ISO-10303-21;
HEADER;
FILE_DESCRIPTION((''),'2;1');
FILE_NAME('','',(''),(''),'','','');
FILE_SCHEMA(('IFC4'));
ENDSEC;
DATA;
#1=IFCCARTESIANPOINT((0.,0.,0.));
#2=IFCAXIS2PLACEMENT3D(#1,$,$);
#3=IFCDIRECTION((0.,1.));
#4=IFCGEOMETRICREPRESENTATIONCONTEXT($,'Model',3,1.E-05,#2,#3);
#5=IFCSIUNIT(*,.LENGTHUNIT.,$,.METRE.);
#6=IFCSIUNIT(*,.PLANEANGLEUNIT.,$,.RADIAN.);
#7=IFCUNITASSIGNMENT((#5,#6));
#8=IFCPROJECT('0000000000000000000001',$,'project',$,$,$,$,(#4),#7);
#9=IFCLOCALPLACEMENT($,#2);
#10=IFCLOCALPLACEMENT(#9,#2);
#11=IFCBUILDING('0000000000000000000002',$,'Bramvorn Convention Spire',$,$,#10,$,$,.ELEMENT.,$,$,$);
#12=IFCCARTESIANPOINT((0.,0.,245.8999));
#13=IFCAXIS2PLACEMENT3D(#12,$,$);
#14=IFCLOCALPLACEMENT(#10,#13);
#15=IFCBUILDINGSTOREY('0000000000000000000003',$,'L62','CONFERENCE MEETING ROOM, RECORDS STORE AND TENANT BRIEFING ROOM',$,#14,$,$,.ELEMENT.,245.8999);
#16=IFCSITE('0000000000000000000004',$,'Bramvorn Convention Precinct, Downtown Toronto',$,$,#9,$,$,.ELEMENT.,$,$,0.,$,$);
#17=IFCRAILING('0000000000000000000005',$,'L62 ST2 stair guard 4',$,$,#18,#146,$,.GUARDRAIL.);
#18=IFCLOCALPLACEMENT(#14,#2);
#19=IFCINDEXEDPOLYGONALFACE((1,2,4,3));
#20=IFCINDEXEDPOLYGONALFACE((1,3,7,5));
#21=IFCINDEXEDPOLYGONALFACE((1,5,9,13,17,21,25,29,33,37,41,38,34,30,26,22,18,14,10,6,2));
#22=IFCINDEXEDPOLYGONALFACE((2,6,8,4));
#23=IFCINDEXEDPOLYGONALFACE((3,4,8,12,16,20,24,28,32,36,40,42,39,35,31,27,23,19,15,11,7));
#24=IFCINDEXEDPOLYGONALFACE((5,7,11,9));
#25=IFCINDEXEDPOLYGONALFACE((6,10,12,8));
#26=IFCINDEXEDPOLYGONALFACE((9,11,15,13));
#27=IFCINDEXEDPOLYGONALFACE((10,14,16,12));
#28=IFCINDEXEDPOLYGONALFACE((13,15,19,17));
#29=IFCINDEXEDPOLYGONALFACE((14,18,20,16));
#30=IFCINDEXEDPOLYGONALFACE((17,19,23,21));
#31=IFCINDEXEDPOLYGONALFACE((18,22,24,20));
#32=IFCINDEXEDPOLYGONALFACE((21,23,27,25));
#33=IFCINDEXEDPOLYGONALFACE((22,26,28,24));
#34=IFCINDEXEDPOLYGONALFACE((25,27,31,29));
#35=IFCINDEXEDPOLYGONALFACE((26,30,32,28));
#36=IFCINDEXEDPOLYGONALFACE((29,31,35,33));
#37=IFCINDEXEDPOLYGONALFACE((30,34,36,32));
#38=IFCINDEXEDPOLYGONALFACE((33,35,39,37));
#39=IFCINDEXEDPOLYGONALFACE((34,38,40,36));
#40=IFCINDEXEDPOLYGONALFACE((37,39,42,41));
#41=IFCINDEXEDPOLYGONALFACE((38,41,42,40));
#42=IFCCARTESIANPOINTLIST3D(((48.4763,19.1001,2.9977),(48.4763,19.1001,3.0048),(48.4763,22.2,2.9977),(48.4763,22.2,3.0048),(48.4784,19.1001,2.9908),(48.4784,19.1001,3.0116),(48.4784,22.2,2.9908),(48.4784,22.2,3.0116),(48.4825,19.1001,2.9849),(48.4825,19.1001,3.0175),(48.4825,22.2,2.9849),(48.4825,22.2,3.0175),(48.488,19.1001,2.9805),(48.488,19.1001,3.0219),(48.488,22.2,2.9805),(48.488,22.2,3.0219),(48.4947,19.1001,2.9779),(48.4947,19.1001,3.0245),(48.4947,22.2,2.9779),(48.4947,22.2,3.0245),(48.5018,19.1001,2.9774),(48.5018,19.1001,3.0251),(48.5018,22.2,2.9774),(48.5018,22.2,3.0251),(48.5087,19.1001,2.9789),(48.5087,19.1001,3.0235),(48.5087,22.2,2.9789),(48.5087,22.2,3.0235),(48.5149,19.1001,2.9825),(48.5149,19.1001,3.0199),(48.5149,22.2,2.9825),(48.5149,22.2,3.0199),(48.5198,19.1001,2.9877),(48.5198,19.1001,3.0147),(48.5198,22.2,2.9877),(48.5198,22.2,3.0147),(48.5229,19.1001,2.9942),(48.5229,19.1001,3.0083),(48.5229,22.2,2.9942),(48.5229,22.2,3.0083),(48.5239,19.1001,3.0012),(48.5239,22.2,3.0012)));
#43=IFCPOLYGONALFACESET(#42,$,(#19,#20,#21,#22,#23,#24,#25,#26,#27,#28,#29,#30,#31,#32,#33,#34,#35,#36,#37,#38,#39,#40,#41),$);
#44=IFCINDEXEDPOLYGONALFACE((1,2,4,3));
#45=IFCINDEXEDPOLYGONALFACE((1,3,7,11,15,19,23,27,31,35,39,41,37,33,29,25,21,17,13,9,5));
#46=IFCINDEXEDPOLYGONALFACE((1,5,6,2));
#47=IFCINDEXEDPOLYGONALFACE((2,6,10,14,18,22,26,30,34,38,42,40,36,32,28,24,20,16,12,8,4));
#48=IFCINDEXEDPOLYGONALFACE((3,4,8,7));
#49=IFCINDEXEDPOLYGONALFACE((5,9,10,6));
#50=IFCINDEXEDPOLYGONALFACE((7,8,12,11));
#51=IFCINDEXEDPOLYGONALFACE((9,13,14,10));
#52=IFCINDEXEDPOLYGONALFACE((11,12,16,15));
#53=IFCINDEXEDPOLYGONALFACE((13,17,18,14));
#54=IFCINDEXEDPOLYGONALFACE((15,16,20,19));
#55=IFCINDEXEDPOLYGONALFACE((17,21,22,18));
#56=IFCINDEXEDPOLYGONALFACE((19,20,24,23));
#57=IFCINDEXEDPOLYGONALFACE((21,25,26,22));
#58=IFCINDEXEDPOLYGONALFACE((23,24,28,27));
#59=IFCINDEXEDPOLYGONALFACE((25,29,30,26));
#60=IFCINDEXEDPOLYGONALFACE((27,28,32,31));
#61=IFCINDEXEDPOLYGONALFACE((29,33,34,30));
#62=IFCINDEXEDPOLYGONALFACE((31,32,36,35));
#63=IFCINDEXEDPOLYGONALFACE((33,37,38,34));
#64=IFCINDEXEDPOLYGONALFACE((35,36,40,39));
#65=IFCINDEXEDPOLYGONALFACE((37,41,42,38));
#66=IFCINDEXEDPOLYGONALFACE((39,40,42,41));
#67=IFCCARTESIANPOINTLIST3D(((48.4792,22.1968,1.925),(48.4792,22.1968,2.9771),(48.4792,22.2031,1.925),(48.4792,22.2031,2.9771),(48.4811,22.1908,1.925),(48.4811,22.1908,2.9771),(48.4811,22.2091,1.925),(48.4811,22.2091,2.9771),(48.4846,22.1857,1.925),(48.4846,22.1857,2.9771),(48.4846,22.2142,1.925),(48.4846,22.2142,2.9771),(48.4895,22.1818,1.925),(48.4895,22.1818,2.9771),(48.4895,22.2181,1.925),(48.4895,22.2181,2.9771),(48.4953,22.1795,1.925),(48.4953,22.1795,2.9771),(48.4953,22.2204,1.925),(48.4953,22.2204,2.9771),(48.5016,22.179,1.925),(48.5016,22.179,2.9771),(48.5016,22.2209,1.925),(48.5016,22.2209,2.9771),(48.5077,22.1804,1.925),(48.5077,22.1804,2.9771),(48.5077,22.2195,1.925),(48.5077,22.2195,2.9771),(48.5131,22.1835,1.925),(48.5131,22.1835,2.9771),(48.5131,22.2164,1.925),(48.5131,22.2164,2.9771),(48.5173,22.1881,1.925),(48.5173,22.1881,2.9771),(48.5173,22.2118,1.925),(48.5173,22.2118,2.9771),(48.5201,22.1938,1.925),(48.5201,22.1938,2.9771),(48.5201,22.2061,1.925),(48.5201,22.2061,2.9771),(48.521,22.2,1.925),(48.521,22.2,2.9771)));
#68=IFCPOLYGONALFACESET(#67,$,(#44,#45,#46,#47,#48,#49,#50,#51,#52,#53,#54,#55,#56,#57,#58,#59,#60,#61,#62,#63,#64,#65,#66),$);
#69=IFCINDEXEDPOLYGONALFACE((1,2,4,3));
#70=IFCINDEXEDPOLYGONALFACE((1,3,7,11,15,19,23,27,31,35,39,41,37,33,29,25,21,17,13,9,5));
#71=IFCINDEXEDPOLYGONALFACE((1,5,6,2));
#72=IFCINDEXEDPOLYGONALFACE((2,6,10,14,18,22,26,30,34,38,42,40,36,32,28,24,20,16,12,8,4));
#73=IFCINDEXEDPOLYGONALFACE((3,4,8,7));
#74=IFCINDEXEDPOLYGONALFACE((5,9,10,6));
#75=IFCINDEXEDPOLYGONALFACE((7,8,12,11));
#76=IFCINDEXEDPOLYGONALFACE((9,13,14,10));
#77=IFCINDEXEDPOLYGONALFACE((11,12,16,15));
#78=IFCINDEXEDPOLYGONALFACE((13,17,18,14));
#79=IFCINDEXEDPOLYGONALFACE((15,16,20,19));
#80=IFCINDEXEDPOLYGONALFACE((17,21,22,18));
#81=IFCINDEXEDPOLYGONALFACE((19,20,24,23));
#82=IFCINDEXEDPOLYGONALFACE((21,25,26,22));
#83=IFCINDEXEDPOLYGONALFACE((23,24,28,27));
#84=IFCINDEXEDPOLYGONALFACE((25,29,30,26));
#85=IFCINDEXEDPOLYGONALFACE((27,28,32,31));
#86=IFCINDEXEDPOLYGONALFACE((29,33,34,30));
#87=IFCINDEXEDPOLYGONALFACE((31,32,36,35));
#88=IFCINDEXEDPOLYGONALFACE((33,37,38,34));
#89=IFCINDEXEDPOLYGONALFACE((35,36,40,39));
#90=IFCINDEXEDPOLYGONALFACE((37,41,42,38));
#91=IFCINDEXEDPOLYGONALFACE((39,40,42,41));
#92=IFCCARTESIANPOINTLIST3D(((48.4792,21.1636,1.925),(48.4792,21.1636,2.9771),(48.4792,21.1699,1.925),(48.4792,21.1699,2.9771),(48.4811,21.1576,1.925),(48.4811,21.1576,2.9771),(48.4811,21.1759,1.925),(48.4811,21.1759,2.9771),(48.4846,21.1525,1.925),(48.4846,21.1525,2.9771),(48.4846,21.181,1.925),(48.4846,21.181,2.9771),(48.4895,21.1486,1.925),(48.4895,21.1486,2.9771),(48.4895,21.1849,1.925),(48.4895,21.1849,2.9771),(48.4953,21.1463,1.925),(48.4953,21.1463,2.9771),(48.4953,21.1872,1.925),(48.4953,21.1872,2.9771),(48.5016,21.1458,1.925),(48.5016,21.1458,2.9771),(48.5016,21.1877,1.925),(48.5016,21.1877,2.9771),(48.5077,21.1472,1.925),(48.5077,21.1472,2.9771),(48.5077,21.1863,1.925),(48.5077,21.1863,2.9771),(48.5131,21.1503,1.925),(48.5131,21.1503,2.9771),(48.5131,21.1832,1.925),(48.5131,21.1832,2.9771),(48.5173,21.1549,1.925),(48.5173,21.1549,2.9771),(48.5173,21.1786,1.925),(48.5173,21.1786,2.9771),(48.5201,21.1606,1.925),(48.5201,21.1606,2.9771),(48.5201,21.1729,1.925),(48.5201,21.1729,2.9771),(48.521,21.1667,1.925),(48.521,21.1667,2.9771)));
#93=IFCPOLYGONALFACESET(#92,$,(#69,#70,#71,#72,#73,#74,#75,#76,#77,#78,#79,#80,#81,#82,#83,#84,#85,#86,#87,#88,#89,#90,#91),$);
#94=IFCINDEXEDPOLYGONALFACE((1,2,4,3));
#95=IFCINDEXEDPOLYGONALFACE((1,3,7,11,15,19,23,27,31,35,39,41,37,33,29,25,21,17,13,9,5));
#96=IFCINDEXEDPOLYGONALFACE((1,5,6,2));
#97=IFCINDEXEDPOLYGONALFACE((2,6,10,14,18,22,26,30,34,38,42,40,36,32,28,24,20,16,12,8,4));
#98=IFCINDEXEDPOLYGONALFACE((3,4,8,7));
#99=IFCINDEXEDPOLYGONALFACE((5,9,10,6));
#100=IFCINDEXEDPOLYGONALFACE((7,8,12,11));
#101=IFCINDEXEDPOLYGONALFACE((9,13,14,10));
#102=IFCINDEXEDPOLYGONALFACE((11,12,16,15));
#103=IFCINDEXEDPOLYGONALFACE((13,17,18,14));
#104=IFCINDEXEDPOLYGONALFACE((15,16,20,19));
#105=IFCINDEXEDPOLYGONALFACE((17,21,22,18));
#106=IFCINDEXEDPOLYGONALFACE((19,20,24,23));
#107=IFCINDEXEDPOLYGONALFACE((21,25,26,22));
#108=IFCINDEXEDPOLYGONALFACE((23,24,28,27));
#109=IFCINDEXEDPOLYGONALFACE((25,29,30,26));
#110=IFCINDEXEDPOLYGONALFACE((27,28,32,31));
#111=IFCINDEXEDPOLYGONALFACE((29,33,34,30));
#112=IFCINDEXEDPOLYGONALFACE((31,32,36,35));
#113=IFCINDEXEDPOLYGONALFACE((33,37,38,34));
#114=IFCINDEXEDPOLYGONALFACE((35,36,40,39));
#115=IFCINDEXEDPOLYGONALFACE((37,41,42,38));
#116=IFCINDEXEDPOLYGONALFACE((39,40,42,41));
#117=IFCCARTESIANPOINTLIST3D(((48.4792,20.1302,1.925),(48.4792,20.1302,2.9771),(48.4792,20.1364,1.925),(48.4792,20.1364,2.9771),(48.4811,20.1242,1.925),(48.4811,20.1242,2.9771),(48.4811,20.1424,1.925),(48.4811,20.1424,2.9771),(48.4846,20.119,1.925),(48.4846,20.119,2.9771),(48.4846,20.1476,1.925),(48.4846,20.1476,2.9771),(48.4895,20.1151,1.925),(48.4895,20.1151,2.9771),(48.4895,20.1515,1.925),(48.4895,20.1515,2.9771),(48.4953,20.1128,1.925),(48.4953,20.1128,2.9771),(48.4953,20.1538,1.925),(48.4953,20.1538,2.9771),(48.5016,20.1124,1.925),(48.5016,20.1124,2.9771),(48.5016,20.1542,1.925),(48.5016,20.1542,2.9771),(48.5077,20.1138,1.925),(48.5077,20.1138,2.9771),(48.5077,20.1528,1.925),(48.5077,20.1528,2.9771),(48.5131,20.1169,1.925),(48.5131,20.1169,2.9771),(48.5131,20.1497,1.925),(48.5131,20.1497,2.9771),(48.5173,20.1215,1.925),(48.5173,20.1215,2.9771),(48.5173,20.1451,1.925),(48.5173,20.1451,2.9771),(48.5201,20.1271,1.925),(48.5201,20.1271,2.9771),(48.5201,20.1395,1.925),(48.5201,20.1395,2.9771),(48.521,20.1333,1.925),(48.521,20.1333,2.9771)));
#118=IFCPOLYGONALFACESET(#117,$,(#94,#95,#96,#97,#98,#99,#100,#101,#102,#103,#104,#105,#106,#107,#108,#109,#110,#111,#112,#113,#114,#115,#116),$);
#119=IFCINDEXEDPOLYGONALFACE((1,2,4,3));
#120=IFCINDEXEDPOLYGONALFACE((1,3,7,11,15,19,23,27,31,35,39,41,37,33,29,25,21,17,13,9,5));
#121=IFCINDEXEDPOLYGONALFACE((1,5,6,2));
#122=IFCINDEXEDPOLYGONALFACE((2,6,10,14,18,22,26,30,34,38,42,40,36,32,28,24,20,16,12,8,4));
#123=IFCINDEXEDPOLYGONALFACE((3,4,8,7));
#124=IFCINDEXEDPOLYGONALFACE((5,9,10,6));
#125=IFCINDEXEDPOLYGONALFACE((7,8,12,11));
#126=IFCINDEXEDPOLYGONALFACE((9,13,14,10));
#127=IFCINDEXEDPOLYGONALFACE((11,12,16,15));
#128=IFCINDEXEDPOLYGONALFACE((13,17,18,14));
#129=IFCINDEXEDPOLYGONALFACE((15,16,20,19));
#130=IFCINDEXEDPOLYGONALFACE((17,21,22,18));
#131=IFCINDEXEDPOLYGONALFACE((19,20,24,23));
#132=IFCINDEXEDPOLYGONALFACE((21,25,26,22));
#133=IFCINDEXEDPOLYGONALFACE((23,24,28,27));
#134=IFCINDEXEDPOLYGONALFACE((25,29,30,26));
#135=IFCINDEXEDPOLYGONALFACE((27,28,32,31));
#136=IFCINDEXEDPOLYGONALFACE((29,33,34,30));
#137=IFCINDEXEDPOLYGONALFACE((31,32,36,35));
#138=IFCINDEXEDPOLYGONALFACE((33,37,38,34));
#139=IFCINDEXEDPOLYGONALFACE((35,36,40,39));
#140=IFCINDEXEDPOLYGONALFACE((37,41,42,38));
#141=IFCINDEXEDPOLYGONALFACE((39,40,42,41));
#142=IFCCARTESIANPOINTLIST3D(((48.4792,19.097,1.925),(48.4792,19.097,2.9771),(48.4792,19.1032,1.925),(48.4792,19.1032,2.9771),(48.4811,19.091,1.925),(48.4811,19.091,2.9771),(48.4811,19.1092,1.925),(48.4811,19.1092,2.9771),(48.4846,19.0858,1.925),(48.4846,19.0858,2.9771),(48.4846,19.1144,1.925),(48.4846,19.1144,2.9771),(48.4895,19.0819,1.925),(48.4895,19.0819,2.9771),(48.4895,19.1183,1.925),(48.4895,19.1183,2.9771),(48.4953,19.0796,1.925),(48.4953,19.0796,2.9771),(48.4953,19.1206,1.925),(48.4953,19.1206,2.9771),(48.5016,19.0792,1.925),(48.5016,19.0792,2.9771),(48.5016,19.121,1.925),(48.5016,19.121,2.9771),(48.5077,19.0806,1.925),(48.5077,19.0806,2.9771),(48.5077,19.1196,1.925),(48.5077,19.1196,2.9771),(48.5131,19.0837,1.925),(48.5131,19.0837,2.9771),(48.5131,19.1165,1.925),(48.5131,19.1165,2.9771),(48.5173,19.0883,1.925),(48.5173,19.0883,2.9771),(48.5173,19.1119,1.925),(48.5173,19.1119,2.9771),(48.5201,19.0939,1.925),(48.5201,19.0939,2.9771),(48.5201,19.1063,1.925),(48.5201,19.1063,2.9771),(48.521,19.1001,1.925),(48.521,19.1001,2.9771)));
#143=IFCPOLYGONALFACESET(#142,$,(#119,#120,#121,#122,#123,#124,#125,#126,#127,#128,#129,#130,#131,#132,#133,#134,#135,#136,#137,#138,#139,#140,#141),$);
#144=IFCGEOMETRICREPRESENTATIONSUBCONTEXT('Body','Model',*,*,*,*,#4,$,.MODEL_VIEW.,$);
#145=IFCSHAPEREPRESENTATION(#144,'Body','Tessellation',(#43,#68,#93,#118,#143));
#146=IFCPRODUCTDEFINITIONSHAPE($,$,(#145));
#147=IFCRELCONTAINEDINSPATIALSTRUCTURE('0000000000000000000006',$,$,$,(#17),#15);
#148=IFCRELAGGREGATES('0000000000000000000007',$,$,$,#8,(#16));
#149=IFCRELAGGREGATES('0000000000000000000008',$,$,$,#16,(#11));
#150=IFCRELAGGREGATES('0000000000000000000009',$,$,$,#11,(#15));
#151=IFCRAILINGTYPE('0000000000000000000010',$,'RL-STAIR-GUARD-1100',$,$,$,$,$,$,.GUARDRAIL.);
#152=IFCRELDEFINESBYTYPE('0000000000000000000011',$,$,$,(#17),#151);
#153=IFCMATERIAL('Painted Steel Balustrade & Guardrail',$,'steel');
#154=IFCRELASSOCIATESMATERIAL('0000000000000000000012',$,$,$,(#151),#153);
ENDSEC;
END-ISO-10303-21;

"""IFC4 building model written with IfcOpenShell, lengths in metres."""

from ifc_helpers import new_model, si_unit, direction, frame, origin, origin_2d, place, context, subcontext, project, spatial, circle, extrude, material, type_object, element, save


model = new_model("IFC4")

# Units and contexts
model_context = context("Model", 3, precision=1e-05, world=origin(), true_north=direction((0.0, 1.0)))
body_context = subcontext(model_context, "Body", "Model", "MODEL_VIEW")
ifc_project = project(units=[si_unit("LENGTHUNIT", "METRE"), si_unit("PLANEANGLEUNIT", "RADIAN")], contexts=[model_context])

# Site, building, storey
site_placement = place(None, origin())
site = spatial("IfcSite", under=ifc_project, at=site_placement, Name="Bramvorn Convention Precinct, Downtown Toronto", CompositionType="ELEMENT", RefElevation=0.0)
building_placement = place(site_placement, origin())
building = spatial("IfcBuilding", under=site, at=building_placement, Name="Bramvorn Convention Spire", CompositionType="ELEMENT")
storey_placement = place(building_placement, frame((0.0, 0.0, 245.8999)))
storey = spatial("IfcBuildingStorey", under=building, at=storey_placement, Name="L62", Description="CONFERENCE MEETING ROOM, RECORDS STORE AND TENANT BRIEFING ROOM", CompositionType="ELEMENT", Elevation=245.8999)

# Railing
ifc_material_1 = material(Name="Painted Steel Balustrade & Guardrail", Category="steel")
railing_type_1 = type_object("IfcRailingType", Name="RL-STAIR-GUARD-1100", PredefinedType="GUARDRAIL", material=ifc_material_1)
railing_1_placement = place(storey_placement, frame((48.5, 22.2, 1.925)))
element("IfcRailing", 1, at=railing_1_placement, inside=storey, type_object=railing_type_1, Name="L62 ST2 stair guard 4", PredefinedType="GUARDRAIL", context=body_context, shape_type="SweptSolid", body=[
    extrude(circle(Radius=0.0239, at=origin_2d()), frame((0.0, 0.0, 1.0762), z_axis=(0.0, -1.0, 0.0), x_axis=(1.0, 0.0, 0.0)), (0.0, 0.0, 1.0), 3.0999),
    extrude(circle(Radius=0.021, at=origin_2d()), origin(), (0.0, 0.0, 1.0), 1.052),
    extrude(circle(Radius=0.021, at=origin_2d()), frame((0.0, -1.0332, 0.0)), (0.0, 0.0, 1.0), 1.052),
    extrude(circle(Radius=0.021, at=origin_2d()), frame((0.0, -2.0667, 0.0)), (0.0, 0.0, 1.0), 1.052),
    extrude(circle(Radius=0.021, at=origin_2d()), frame((0.0, -3.0999, 0.0)), (0.0, 0.0, 1.0), 1.052),
])

save(model, "model.ifc")
